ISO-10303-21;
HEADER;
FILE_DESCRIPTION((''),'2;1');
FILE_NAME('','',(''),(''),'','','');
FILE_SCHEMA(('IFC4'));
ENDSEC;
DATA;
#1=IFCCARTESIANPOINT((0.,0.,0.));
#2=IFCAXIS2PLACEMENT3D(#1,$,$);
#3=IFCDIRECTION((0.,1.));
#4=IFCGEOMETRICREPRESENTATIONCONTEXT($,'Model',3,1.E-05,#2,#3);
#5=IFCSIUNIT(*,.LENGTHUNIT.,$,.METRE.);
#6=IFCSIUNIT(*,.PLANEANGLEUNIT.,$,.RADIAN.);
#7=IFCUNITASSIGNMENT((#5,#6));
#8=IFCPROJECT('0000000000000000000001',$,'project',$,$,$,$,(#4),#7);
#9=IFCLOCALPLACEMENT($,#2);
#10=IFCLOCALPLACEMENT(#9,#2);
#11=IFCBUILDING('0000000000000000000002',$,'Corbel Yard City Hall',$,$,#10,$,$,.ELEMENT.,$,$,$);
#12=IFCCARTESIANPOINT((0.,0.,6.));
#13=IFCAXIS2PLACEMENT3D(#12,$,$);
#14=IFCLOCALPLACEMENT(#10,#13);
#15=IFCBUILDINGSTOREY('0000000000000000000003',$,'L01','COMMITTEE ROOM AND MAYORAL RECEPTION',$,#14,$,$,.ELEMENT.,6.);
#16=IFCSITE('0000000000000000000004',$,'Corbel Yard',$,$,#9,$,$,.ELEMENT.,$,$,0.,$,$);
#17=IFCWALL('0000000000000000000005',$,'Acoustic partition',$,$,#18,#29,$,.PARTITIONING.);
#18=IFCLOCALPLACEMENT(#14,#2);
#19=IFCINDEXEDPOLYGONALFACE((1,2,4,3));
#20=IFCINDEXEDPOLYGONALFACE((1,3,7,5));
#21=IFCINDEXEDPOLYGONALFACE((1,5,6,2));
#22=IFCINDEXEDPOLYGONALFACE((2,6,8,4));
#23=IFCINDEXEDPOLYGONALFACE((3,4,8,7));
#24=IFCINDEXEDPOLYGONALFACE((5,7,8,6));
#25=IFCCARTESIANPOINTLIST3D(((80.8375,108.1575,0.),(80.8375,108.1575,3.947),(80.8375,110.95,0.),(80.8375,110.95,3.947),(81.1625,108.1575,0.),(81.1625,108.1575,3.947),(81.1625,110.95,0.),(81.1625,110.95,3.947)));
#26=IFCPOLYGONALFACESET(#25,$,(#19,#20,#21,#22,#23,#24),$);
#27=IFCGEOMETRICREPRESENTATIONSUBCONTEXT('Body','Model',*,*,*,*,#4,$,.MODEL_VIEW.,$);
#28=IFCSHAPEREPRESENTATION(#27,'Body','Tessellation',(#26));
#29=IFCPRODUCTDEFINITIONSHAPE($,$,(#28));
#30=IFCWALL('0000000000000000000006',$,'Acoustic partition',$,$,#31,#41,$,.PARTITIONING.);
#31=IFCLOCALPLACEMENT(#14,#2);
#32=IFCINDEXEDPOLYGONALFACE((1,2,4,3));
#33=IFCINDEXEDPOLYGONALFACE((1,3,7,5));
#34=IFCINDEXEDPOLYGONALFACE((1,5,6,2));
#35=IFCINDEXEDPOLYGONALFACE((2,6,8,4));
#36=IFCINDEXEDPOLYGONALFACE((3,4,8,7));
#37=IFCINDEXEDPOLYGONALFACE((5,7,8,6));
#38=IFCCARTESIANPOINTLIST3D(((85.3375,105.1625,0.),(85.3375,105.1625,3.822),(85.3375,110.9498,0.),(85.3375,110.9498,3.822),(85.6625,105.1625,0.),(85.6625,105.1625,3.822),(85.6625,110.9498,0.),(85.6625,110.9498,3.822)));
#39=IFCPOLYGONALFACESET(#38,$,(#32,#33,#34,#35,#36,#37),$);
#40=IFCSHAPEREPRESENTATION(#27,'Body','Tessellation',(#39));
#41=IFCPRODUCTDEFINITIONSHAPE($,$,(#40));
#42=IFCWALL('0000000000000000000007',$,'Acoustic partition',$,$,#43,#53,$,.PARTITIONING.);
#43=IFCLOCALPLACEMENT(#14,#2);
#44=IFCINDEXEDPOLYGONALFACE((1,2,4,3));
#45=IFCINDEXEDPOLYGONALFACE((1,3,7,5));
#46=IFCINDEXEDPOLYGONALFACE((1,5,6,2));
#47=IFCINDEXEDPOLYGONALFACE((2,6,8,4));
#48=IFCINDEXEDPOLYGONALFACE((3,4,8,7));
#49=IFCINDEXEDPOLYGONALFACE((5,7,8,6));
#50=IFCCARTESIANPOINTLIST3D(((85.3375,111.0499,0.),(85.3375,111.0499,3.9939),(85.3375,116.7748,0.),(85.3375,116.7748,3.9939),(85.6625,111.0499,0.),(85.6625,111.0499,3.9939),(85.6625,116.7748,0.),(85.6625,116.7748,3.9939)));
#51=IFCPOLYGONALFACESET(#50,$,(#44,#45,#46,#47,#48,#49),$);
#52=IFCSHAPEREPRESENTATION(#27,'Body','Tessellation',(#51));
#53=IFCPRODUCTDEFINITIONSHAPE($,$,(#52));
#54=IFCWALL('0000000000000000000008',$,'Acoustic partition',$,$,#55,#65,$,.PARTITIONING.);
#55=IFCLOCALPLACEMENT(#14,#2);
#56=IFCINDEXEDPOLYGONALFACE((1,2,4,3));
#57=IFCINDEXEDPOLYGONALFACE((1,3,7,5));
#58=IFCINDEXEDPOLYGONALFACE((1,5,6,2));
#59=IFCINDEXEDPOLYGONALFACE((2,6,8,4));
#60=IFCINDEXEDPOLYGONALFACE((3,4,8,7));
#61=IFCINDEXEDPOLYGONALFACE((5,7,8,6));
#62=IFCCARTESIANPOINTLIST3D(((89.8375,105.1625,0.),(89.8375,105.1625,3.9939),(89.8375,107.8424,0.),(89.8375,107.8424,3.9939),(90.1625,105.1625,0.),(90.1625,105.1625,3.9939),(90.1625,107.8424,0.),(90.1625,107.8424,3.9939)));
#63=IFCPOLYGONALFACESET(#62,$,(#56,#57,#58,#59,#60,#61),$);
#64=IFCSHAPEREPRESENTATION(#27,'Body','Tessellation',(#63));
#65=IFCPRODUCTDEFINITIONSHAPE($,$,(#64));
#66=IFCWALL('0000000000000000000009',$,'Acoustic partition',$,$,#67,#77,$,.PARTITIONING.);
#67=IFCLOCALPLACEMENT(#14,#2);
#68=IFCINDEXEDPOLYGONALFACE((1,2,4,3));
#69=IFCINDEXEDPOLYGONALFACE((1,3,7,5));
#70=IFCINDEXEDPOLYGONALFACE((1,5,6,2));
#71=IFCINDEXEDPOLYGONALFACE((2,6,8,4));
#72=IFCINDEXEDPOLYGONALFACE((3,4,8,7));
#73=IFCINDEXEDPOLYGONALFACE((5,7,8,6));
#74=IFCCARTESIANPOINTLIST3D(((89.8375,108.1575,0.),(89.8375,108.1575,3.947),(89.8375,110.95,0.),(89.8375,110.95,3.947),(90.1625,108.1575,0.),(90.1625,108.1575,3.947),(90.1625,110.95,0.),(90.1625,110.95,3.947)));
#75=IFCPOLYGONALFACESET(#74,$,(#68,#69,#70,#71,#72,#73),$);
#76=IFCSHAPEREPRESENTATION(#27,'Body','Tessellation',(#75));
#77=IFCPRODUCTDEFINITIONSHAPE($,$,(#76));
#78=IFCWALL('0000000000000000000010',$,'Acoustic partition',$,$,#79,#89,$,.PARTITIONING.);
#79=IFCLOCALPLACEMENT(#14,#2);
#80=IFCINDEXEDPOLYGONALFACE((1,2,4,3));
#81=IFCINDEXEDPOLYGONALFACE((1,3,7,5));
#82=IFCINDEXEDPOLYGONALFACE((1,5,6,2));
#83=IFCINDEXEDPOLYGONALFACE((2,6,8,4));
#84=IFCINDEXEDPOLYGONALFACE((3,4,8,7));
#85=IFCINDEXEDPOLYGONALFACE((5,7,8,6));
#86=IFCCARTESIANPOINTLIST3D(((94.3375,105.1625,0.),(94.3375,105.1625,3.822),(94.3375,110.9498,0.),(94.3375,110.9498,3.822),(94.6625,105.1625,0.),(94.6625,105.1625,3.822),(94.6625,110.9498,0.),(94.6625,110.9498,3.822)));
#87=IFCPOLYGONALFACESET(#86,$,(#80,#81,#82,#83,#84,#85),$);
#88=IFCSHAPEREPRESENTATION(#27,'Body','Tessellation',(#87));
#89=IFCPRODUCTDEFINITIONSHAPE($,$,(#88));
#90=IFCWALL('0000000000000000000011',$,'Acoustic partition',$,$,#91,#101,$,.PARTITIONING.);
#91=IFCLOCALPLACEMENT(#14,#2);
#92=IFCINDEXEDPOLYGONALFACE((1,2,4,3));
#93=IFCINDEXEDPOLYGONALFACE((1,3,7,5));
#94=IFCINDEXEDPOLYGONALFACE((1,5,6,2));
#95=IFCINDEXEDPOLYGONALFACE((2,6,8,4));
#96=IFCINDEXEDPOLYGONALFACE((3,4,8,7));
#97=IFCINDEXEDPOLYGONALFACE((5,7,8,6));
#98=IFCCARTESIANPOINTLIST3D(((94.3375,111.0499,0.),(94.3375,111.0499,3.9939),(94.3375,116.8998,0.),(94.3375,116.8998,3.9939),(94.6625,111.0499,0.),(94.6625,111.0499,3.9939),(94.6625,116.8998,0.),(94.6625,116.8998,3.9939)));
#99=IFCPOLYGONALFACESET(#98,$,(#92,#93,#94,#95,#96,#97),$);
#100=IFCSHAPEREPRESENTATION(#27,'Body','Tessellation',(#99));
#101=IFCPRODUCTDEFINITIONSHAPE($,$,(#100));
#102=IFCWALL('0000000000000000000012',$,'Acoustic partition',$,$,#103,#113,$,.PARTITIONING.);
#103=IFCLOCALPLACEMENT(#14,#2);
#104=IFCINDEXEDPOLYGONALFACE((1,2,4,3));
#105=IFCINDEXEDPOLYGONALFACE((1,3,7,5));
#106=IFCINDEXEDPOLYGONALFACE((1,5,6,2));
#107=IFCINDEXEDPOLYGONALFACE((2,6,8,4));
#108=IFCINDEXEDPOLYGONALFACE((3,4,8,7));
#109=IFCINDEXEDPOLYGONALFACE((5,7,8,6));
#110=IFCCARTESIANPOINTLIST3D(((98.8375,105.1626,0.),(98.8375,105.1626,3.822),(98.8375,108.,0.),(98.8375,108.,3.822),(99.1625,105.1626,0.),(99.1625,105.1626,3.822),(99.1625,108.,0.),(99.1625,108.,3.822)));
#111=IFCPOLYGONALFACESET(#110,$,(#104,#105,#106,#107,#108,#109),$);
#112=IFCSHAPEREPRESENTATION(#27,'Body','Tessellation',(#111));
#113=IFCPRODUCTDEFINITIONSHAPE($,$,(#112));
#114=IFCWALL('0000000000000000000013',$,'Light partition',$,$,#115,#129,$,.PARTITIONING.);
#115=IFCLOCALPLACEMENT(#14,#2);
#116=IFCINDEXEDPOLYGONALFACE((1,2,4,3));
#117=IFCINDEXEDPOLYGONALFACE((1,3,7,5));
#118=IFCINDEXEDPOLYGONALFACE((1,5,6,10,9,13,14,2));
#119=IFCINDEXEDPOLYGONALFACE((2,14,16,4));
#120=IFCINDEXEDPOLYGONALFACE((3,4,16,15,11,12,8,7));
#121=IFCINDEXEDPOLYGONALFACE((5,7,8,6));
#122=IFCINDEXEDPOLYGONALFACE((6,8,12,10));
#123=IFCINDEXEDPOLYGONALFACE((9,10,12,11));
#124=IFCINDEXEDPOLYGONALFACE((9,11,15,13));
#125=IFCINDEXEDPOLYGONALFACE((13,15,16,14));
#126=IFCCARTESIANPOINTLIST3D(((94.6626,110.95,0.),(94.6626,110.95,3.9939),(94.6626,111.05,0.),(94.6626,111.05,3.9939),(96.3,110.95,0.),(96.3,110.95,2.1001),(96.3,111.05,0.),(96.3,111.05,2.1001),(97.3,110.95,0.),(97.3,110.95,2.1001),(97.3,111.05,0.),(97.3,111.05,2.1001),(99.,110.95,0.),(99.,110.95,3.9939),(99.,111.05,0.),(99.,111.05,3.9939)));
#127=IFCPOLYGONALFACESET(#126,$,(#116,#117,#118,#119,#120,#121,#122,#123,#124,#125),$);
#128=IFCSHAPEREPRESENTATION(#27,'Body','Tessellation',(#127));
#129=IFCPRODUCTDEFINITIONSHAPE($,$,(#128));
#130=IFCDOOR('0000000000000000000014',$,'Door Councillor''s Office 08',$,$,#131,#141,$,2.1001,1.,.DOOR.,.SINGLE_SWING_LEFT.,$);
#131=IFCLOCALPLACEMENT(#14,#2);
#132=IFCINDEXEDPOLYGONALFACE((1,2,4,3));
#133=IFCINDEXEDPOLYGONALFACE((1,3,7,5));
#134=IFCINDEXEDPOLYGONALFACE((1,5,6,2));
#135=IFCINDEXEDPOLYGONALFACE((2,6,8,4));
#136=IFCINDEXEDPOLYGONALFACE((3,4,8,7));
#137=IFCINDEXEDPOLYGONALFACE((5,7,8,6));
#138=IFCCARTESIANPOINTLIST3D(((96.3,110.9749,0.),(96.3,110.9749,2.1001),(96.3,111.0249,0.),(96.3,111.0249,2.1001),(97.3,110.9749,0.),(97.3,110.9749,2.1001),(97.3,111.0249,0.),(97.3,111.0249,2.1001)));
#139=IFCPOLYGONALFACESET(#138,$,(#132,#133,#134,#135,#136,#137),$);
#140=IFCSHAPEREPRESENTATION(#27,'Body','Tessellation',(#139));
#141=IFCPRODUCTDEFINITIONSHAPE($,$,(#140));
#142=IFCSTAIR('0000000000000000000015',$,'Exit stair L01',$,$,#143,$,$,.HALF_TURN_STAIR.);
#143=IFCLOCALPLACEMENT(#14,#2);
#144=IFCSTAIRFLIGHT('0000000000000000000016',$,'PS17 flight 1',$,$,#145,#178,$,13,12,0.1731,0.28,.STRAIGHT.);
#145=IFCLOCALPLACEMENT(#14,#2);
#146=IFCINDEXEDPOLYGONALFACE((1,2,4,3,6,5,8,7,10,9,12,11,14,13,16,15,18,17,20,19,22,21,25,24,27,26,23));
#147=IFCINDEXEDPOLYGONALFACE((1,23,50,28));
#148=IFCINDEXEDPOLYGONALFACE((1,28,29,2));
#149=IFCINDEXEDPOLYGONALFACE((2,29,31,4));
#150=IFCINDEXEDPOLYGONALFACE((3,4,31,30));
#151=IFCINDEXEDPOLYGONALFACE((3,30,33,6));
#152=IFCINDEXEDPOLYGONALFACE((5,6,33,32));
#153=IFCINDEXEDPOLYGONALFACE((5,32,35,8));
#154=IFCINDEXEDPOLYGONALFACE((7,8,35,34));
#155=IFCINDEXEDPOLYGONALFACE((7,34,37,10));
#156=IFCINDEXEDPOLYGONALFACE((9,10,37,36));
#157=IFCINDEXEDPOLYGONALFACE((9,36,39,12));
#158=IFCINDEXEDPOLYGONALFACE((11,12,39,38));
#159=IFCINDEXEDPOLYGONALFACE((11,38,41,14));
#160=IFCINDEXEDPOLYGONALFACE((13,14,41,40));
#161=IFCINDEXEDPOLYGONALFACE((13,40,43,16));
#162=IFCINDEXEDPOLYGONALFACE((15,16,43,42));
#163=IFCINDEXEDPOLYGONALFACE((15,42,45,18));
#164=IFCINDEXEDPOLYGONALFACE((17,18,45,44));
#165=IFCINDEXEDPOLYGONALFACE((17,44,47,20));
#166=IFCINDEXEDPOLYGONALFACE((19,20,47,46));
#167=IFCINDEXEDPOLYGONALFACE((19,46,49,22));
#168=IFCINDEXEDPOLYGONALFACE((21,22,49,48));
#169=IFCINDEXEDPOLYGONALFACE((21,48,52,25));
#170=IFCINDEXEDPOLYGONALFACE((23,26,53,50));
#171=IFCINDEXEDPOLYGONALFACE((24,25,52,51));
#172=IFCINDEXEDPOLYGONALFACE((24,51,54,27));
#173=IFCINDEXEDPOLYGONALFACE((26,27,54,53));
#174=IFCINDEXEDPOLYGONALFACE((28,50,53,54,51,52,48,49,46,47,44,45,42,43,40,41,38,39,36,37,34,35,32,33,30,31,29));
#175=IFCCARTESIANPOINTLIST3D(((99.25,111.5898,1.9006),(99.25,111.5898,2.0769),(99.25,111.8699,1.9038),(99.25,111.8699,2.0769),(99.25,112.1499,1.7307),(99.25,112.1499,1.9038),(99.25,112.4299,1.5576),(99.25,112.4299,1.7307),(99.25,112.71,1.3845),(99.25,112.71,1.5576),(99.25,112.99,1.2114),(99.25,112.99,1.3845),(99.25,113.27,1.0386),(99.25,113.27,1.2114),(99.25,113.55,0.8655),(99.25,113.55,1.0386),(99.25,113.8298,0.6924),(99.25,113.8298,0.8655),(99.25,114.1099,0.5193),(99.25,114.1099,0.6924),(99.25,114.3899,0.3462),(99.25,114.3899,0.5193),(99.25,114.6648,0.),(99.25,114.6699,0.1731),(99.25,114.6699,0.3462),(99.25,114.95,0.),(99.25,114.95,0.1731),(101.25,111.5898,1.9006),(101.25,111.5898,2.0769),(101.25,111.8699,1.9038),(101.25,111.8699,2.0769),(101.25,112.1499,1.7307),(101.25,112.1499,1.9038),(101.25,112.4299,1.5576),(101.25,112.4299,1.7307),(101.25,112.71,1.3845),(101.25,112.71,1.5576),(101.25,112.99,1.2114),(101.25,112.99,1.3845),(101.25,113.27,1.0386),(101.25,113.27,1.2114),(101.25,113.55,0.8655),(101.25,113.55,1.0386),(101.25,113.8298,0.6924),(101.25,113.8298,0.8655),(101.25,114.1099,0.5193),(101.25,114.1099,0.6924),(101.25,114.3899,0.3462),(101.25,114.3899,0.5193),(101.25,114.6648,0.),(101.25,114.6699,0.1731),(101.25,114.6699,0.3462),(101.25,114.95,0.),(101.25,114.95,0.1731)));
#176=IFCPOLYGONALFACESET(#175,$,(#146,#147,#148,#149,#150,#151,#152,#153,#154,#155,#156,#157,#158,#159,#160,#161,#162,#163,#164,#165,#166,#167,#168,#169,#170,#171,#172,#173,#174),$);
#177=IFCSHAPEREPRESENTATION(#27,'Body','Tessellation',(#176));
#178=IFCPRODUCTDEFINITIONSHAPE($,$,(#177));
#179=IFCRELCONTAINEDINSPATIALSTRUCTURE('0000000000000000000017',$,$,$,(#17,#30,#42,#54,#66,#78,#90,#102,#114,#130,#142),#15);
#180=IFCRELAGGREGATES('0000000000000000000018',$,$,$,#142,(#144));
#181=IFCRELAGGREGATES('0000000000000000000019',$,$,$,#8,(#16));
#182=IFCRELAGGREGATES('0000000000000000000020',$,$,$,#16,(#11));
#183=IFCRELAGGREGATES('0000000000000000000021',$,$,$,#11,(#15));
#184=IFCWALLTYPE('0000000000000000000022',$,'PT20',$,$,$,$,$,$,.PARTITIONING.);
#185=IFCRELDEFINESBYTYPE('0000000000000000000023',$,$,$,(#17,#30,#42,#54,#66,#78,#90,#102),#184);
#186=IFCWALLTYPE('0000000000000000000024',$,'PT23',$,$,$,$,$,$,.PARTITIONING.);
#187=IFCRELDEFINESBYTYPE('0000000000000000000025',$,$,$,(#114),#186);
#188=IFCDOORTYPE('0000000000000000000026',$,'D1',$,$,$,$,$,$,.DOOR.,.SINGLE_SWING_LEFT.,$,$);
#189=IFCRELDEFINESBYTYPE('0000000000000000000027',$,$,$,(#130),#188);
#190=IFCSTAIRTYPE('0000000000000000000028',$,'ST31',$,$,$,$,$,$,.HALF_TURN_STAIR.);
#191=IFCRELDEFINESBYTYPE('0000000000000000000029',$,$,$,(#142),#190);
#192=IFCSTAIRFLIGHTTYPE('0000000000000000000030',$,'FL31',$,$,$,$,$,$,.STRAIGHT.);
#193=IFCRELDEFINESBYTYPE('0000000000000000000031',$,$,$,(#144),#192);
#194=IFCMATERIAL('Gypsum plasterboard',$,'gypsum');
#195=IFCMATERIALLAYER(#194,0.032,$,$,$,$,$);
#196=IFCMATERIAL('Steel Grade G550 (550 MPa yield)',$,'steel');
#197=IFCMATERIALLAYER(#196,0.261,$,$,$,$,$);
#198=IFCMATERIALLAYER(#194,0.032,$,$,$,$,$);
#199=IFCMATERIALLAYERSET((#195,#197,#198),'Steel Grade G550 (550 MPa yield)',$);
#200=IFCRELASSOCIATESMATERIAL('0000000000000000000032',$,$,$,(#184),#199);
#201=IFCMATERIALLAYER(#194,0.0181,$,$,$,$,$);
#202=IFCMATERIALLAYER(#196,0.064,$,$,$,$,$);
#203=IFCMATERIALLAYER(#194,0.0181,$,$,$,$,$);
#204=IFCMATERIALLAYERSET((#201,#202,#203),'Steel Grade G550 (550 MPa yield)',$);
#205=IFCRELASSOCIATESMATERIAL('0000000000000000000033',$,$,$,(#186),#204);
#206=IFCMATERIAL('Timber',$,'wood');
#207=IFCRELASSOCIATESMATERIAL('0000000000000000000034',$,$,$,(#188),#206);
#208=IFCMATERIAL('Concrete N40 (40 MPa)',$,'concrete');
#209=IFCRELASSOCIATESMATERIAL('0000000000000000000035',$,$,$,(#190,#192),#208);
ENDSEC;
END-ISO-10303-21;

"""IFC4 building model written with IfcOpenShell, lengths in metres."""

from ifc_helpers import new_model, si_unit, direction, frame, frame_2d, origin, place, context, subcontext, project, spatial, polyline, rectangle, outline, extrude, material, layer, layer_set, type_object, element, fill, aggregate, save


model = new_model("IFC4")

# Units and contexts
model_context = context("Model", 3, precision=1e-05, world=origin(), true_north=direction((0.0, 1.0)))
body_context = subcontext(model_context, "Body", "Model", "MODEL_VIEW")
ifc_project = project(units=[si_unit("LENGTHUNIT", "METRE"), si_unit("PLANEANGLEUNIT", "RADIAN")], contexts=[model_context])

# Site, building, storey
site_placement = place(None, origin())
site = spatial("IfcSite", under=ifc_project, at=site_placement, Name="Corbel Yard", CompositionType="ELEMENT", RefElevation=0.0)
building_placement = place(site_placement, origin())
building = spatial("IfcBuilding", under=site, at=building_placement, Name="Corbel Yard City Hall", CompositionType="ELEMENT")
storey_placement = place(building_placement, frame((0.0, 0.0, 6.0)))
storey = spatial("IfcBuildingStorey", under=building, at=storey_placement, Name="L01", Description="COMMITTEE ROOM AND MAYORAL RECEPTION", CompositionType="ELEMENT", Elevation=6.0)

# Shared definitions
ifc_material_1 = material(Name="Concrete N40 (40 MPa)", Category="concrete")

# Walls
ifc_material_2 = material(Name="Gypsum plasterboard", Category="gypsum")
ifc_layer_1 = layer(ifc_material_2, 0.032)
ifc_material_3 = material(Name="Steel Grade G550 (550 MPa yield)", Category="steel")
ifc_layer_2 = layer(ifc_material_3, 0.261)
ifc_layer_3 = layer(ifc_material_2, 0.032)
ifc_layer_set_1 = layer_set([ifc_layer_1, ifc_layer_2, ifc_layer_3], Name="Steel Grade G550 (550 MPa yield)")
wall_type_1 = type_object("IfcWallType", Name="PT20", PredefinedType="PARTITIONING", material=ifc_layer_set_1)
wall_1_placement = place(storey_placement, frame((81.0, 108.1575, 0.0), z_axis=(0.0, 0.0, 1.0), x_axis=(0.0, 1.0, 0.0)))
element("IfcWall", 1, at=wall_1_placement, inside=storey, type_object=wall_type_1, Name="Acoustic partition", PredefinedType="PARTITIONING", context=body_context, shape_type="SweptSolid", body=[
    extrude(rectangle(XDim=2.7925, YDim=0.325, at=frame_2d((1.3962, 0.0))), origin(), (0.0, 0.0, 1.0), 3.947),
])
wall_2_placement = place(storey_placement, frame((85.5, 105.1626, 0.0), z_axis=(0.0, 0.0, 1.0), x_axis=(0.0, 1.0, 0.0)))
element("IfcWall", 2, at=wall_2_placement, inside=storey, type_object=wall_type_1, Name="Acoustic partition", PredefinedType="PARTITIONING", context=body_context, shape_type="SweptSolid", body=[
    extrude(rectangle(XDim=5.7874, YDim=0.325, at=frame_2d((2.8936, 0.0))), origin(), (0.0, 0.0, 1.0), 3.822),
])
wall_3_placement = place(storey_placement, frame((85.5, 111.05, 0.0), z_axis=(0.0, 0.0, 1.0), x_axis=(0.0, 1.0, 0.0)))
element("IfcWall", 3, at=wall_3_placement, inside=storey, type_object=wall_type_1, Name="Acoustic partition", PredefinedType="PARTITIONING", context=body_context, shape_type="SweptSolid", body=[
    extrude(rectangle(XDim=5.7249, YDim=0.325, at=frame_2d((2.8623, 0.0))), origin(), (0.0, 0.0, 1.0), 3.9939),
])
wall_4_placement = place(storey_placement, frame((90.0, 105.1626, 0.0), z_axis=(0.0, 0.0, 1.0), x_axis=(0.0, 1.0, 0.0)))
element("IfcWall", 4, at=wall_4_placement, inside=storey, type_object=wall_type_1, Name="Acoustic partition", PredefinedType="PARTITIONING", context=body_context, shape_type="SweptSolid", body=[
    extrude(rectangle(XDim=2.6799, YDim=0.325, at=frame_2d((1.3398, 0.0))), origin(), (0.0, 0.0, 1.0), 3.9939),
])
wall_5_placement = place(storey_placement, frame((90.0, 108.1575, 0.0), z_axis=(0.0, 0.0, 1.0), x_axis=(0.0, 1.0, 0.0)))
element("IfcWall", 5, at=wall_5_placement, inside=storey, type_object=wall_type_1, Name="Acoustic partition", PredefinedType="PARTITIONING", context=body_context, shape_type="SweptSolid", body=[
    extrude(rectangle(XDim=2.7925, YDim=0.325, at=frame_2d((1.3962, 0.0))), origin(), (0.0, 0.0, 1.0), 3.947),
])
wall_6_placement = place(storey_placement, frame((94.5, 105.1626, 0.0), z_axis=(0.0, 0.0, 1.0), x_axis=(0.0, 1.0, 0.0)))
element("IfcWall", 6, at=wall_6_placement, inside=storey, type_object=wall_type_1, Name="Acoustic partition", PredefinedType="PARTITIONING", context=body_context, shape_type="SweptSolid", body=[
    extrude(rectangle(XDim=5.7874, YDim=0.325, at=frame_2d((2.8936, 0.0))), origin(), (0.0, 0.0, 1.0), 3.822),
])
wall_7_placement = place(storey_placement, frame((94.5, 111.05, 0.0), z_axis=(0.0, 0.0, 1.0), x_axis=(0.0, 1.0, 0.0)))
element("IfcWall", 7, at=wall_7_placement, inside=storey, type_object=wall_type_1, Name="Acoustic partition", PredefinedType="PARTITIONING", context=body_context, shape_type="SweptSolid", body=[
    extrude(rectangle(XDim=5.8499, YDim=0.325, at=frame_2d((2.9248, 0.0))), origin(), (0.0, 0.0, 1.0), 3.9939),
])
wall_8_placement = place(storey_placement, frame((99.0, 105.1626, 0.0), z_axis=(0.0, 0.0, 1.0), x_axis=(0.0, 1.0, 0.0)))
element("IfcWall", 8, at=wall_8_placement, inside=storey, type_object=wall_type_1, Name="Acoustic partition", PredefinedType="PARTITIONING", context=body_context, shape_type="SweptSolid", body=[
    extrude(rectangle(XDim=2.8374, YDim=0.325, at=frame_2d((1.4187, 0.0))), origin(), (0.0, 0.0, 1.0), 3.822),
])

# Wall, opening, door
ifc_layer_4 = layer(ifc_material_2, 0.0181)
ifc_layer_5 = layer(ifc_material_3, 0.064)
ifc_layer_6 = layer(ifc_material_2, 0.0181)
ifc_layer_set_2 = layer_set([ifc_layer_4, ifc_layer_5, ifc_layer_6], Name="Steel Grade G550 (550 MPa yield)")
wall_type_2 = type_object("IfcWallType", Name="PT23", PredefinedType="PARTITIONING", material=ifc_layer_set_2)
wall_9_placement = place(storey_placement, frame((94.6626, 111.0, 0.0), z_axis=(0.0, 0.0, 1.0), x_axis=(1.0, 0.0, 0.0)))
wall_9 = element("IfcWall", 9, at=wall_9_placement, inside=storey, type_object=wall_type_2, Name="Light partition", PredefinedType="PARTITIONING", context=body_context, shape_type="SweptSolid", body=[
    extrude(rectangle(XDim=4.3374, YDim=0.1001, at=frame_2d((2.1687, 0.0))), origin(), (0.0, 0.0, 1.0), 3.9939),
])
opening_1_placement = place(wall_9_placement, frame((1.6375, 0.0, 0.0)))
opening_1 = element("IfcOpeningElement", 10, at=opening_1_placement, cuts=wall_9, PredefinedType="OPENING", context=body_context, shape_type="SweptSolid", body=[
    extrude(rectangle(XDim=1.0, YDim=2.1001, at=frame_2d((0.5, 1.05))), frame((0.0, 0.0601, 0.0), z_axis=(0.0, -1.0, 0.0), x_axis=(1.0, 0.0, 0.0)), (0.0, 0.0, 1.0), 0.1201),
])
ifc_material_4 = material(Name="Timber", Category="wood")
door_type_1 = type_object("IfcDoorType", Name="D1", OperationType="SINGLE_SWING_LEFT", PredefinedType="DOOR", material=ifc_material_4)
door_1_placement = place(opening_1_placement, origin())
door_1 = element("IfcDoor", 11, at=door_1_placement, inside=storey, type_object=door_type_1, Name="Door Councillor's Office 08", OperationType="SINGLE_SWING_LEFT", OverallHeight=2.1001, OverallWidth=1.0, PredefinedType="DOOR", context=body_context, shape_type="SweptSolid", body=[
    extrude(rectangle(XDim=1.0, YDim=2.1001, at=frame_2d((0.5, 1.05))), frame((0.0, 0.0249, 0.0), z_axis=(0.0, -1.0, 0.0), x_axis=(1.0, 0.0, 0.0)), (0.0, 0.0, 1.0), 0.05),
])
fill(opening_1, door_1)

# Stair, stair flight
stair_type = type_object("IfcStairType", Name="ST31", PredefinedType="HALF_TURN_STAIR", material=ifc_material_1)
stair_placement = place(storey_placement, origin())
stair = element("IfcStair", 12, at=stair_placement, inside=storey, type_object=stair_type, Name="Exit stair L01", PredefinedType="HALF_TURN_STAIR")
stair_flight_type = type_object("IfcStairFlightType", Name="FL31", PredefinedType="STRAIGHT", material=ifc_material_1)
stair_flight_1_placement = place(storey_placement, frame((100.25, 114.95, 0.0), z_axis=(0.0, 0.0, 1.0), x_axis=(0.0, -1.0, 0.0)))
stair_flight_1 = element("IfcStairFlight", 13, at=stair_flight_1_placement, type_object=stair_flight_type, Name="PS17 flight 1", NumberOfRisers=13, NumberOfTreads=12, PredefinedType="STRAIGHT", RiserHeight=0.1731, TreadLength=0.28, context=body_context, shape_type="SweptSolid", body=[
    extrude(outline(polyline([(0.0, 0.0), (0.0, 0.1731), (0.28, 0.1731), (0.28, 0.3462), (0.5601, 0.3462), (0.5601, 0.5193), (0.8401, 0.5193), (0.8401, 0.6924), (1.1201, 0.6924), (1.1201, 0.8655), (1.3999, 0.8655), (1.3999, 1.0386), (1.6799, 1.0386), (1.6799, 1.2114), (1.96, 1.2114), (1.96, 1.3845), (2.24, 1.3845), (2.24, 1.5576), (2.52, 1.5576), (2.52, 1.7307), (2.8, 1.7307), (2.8, 1.9038), (3.0801, 1.9038), (3.0801, 2.0769), (3.3601, 2.0769), (3.3601, 2.25), (3.3601, 1.9006), (0.2852, 0.0), (0.0, 0.0)])), frame((0.0, 1.0, 0.0), z_axis=(0.0, -1.0, 0.0), x_axis=(1.0, 0.0, 0.0)), (0.0, 0.0, 1.0), 2.0),
])
aggregate(stair, [stair_flight_1])

save(model, "model.ifc")
